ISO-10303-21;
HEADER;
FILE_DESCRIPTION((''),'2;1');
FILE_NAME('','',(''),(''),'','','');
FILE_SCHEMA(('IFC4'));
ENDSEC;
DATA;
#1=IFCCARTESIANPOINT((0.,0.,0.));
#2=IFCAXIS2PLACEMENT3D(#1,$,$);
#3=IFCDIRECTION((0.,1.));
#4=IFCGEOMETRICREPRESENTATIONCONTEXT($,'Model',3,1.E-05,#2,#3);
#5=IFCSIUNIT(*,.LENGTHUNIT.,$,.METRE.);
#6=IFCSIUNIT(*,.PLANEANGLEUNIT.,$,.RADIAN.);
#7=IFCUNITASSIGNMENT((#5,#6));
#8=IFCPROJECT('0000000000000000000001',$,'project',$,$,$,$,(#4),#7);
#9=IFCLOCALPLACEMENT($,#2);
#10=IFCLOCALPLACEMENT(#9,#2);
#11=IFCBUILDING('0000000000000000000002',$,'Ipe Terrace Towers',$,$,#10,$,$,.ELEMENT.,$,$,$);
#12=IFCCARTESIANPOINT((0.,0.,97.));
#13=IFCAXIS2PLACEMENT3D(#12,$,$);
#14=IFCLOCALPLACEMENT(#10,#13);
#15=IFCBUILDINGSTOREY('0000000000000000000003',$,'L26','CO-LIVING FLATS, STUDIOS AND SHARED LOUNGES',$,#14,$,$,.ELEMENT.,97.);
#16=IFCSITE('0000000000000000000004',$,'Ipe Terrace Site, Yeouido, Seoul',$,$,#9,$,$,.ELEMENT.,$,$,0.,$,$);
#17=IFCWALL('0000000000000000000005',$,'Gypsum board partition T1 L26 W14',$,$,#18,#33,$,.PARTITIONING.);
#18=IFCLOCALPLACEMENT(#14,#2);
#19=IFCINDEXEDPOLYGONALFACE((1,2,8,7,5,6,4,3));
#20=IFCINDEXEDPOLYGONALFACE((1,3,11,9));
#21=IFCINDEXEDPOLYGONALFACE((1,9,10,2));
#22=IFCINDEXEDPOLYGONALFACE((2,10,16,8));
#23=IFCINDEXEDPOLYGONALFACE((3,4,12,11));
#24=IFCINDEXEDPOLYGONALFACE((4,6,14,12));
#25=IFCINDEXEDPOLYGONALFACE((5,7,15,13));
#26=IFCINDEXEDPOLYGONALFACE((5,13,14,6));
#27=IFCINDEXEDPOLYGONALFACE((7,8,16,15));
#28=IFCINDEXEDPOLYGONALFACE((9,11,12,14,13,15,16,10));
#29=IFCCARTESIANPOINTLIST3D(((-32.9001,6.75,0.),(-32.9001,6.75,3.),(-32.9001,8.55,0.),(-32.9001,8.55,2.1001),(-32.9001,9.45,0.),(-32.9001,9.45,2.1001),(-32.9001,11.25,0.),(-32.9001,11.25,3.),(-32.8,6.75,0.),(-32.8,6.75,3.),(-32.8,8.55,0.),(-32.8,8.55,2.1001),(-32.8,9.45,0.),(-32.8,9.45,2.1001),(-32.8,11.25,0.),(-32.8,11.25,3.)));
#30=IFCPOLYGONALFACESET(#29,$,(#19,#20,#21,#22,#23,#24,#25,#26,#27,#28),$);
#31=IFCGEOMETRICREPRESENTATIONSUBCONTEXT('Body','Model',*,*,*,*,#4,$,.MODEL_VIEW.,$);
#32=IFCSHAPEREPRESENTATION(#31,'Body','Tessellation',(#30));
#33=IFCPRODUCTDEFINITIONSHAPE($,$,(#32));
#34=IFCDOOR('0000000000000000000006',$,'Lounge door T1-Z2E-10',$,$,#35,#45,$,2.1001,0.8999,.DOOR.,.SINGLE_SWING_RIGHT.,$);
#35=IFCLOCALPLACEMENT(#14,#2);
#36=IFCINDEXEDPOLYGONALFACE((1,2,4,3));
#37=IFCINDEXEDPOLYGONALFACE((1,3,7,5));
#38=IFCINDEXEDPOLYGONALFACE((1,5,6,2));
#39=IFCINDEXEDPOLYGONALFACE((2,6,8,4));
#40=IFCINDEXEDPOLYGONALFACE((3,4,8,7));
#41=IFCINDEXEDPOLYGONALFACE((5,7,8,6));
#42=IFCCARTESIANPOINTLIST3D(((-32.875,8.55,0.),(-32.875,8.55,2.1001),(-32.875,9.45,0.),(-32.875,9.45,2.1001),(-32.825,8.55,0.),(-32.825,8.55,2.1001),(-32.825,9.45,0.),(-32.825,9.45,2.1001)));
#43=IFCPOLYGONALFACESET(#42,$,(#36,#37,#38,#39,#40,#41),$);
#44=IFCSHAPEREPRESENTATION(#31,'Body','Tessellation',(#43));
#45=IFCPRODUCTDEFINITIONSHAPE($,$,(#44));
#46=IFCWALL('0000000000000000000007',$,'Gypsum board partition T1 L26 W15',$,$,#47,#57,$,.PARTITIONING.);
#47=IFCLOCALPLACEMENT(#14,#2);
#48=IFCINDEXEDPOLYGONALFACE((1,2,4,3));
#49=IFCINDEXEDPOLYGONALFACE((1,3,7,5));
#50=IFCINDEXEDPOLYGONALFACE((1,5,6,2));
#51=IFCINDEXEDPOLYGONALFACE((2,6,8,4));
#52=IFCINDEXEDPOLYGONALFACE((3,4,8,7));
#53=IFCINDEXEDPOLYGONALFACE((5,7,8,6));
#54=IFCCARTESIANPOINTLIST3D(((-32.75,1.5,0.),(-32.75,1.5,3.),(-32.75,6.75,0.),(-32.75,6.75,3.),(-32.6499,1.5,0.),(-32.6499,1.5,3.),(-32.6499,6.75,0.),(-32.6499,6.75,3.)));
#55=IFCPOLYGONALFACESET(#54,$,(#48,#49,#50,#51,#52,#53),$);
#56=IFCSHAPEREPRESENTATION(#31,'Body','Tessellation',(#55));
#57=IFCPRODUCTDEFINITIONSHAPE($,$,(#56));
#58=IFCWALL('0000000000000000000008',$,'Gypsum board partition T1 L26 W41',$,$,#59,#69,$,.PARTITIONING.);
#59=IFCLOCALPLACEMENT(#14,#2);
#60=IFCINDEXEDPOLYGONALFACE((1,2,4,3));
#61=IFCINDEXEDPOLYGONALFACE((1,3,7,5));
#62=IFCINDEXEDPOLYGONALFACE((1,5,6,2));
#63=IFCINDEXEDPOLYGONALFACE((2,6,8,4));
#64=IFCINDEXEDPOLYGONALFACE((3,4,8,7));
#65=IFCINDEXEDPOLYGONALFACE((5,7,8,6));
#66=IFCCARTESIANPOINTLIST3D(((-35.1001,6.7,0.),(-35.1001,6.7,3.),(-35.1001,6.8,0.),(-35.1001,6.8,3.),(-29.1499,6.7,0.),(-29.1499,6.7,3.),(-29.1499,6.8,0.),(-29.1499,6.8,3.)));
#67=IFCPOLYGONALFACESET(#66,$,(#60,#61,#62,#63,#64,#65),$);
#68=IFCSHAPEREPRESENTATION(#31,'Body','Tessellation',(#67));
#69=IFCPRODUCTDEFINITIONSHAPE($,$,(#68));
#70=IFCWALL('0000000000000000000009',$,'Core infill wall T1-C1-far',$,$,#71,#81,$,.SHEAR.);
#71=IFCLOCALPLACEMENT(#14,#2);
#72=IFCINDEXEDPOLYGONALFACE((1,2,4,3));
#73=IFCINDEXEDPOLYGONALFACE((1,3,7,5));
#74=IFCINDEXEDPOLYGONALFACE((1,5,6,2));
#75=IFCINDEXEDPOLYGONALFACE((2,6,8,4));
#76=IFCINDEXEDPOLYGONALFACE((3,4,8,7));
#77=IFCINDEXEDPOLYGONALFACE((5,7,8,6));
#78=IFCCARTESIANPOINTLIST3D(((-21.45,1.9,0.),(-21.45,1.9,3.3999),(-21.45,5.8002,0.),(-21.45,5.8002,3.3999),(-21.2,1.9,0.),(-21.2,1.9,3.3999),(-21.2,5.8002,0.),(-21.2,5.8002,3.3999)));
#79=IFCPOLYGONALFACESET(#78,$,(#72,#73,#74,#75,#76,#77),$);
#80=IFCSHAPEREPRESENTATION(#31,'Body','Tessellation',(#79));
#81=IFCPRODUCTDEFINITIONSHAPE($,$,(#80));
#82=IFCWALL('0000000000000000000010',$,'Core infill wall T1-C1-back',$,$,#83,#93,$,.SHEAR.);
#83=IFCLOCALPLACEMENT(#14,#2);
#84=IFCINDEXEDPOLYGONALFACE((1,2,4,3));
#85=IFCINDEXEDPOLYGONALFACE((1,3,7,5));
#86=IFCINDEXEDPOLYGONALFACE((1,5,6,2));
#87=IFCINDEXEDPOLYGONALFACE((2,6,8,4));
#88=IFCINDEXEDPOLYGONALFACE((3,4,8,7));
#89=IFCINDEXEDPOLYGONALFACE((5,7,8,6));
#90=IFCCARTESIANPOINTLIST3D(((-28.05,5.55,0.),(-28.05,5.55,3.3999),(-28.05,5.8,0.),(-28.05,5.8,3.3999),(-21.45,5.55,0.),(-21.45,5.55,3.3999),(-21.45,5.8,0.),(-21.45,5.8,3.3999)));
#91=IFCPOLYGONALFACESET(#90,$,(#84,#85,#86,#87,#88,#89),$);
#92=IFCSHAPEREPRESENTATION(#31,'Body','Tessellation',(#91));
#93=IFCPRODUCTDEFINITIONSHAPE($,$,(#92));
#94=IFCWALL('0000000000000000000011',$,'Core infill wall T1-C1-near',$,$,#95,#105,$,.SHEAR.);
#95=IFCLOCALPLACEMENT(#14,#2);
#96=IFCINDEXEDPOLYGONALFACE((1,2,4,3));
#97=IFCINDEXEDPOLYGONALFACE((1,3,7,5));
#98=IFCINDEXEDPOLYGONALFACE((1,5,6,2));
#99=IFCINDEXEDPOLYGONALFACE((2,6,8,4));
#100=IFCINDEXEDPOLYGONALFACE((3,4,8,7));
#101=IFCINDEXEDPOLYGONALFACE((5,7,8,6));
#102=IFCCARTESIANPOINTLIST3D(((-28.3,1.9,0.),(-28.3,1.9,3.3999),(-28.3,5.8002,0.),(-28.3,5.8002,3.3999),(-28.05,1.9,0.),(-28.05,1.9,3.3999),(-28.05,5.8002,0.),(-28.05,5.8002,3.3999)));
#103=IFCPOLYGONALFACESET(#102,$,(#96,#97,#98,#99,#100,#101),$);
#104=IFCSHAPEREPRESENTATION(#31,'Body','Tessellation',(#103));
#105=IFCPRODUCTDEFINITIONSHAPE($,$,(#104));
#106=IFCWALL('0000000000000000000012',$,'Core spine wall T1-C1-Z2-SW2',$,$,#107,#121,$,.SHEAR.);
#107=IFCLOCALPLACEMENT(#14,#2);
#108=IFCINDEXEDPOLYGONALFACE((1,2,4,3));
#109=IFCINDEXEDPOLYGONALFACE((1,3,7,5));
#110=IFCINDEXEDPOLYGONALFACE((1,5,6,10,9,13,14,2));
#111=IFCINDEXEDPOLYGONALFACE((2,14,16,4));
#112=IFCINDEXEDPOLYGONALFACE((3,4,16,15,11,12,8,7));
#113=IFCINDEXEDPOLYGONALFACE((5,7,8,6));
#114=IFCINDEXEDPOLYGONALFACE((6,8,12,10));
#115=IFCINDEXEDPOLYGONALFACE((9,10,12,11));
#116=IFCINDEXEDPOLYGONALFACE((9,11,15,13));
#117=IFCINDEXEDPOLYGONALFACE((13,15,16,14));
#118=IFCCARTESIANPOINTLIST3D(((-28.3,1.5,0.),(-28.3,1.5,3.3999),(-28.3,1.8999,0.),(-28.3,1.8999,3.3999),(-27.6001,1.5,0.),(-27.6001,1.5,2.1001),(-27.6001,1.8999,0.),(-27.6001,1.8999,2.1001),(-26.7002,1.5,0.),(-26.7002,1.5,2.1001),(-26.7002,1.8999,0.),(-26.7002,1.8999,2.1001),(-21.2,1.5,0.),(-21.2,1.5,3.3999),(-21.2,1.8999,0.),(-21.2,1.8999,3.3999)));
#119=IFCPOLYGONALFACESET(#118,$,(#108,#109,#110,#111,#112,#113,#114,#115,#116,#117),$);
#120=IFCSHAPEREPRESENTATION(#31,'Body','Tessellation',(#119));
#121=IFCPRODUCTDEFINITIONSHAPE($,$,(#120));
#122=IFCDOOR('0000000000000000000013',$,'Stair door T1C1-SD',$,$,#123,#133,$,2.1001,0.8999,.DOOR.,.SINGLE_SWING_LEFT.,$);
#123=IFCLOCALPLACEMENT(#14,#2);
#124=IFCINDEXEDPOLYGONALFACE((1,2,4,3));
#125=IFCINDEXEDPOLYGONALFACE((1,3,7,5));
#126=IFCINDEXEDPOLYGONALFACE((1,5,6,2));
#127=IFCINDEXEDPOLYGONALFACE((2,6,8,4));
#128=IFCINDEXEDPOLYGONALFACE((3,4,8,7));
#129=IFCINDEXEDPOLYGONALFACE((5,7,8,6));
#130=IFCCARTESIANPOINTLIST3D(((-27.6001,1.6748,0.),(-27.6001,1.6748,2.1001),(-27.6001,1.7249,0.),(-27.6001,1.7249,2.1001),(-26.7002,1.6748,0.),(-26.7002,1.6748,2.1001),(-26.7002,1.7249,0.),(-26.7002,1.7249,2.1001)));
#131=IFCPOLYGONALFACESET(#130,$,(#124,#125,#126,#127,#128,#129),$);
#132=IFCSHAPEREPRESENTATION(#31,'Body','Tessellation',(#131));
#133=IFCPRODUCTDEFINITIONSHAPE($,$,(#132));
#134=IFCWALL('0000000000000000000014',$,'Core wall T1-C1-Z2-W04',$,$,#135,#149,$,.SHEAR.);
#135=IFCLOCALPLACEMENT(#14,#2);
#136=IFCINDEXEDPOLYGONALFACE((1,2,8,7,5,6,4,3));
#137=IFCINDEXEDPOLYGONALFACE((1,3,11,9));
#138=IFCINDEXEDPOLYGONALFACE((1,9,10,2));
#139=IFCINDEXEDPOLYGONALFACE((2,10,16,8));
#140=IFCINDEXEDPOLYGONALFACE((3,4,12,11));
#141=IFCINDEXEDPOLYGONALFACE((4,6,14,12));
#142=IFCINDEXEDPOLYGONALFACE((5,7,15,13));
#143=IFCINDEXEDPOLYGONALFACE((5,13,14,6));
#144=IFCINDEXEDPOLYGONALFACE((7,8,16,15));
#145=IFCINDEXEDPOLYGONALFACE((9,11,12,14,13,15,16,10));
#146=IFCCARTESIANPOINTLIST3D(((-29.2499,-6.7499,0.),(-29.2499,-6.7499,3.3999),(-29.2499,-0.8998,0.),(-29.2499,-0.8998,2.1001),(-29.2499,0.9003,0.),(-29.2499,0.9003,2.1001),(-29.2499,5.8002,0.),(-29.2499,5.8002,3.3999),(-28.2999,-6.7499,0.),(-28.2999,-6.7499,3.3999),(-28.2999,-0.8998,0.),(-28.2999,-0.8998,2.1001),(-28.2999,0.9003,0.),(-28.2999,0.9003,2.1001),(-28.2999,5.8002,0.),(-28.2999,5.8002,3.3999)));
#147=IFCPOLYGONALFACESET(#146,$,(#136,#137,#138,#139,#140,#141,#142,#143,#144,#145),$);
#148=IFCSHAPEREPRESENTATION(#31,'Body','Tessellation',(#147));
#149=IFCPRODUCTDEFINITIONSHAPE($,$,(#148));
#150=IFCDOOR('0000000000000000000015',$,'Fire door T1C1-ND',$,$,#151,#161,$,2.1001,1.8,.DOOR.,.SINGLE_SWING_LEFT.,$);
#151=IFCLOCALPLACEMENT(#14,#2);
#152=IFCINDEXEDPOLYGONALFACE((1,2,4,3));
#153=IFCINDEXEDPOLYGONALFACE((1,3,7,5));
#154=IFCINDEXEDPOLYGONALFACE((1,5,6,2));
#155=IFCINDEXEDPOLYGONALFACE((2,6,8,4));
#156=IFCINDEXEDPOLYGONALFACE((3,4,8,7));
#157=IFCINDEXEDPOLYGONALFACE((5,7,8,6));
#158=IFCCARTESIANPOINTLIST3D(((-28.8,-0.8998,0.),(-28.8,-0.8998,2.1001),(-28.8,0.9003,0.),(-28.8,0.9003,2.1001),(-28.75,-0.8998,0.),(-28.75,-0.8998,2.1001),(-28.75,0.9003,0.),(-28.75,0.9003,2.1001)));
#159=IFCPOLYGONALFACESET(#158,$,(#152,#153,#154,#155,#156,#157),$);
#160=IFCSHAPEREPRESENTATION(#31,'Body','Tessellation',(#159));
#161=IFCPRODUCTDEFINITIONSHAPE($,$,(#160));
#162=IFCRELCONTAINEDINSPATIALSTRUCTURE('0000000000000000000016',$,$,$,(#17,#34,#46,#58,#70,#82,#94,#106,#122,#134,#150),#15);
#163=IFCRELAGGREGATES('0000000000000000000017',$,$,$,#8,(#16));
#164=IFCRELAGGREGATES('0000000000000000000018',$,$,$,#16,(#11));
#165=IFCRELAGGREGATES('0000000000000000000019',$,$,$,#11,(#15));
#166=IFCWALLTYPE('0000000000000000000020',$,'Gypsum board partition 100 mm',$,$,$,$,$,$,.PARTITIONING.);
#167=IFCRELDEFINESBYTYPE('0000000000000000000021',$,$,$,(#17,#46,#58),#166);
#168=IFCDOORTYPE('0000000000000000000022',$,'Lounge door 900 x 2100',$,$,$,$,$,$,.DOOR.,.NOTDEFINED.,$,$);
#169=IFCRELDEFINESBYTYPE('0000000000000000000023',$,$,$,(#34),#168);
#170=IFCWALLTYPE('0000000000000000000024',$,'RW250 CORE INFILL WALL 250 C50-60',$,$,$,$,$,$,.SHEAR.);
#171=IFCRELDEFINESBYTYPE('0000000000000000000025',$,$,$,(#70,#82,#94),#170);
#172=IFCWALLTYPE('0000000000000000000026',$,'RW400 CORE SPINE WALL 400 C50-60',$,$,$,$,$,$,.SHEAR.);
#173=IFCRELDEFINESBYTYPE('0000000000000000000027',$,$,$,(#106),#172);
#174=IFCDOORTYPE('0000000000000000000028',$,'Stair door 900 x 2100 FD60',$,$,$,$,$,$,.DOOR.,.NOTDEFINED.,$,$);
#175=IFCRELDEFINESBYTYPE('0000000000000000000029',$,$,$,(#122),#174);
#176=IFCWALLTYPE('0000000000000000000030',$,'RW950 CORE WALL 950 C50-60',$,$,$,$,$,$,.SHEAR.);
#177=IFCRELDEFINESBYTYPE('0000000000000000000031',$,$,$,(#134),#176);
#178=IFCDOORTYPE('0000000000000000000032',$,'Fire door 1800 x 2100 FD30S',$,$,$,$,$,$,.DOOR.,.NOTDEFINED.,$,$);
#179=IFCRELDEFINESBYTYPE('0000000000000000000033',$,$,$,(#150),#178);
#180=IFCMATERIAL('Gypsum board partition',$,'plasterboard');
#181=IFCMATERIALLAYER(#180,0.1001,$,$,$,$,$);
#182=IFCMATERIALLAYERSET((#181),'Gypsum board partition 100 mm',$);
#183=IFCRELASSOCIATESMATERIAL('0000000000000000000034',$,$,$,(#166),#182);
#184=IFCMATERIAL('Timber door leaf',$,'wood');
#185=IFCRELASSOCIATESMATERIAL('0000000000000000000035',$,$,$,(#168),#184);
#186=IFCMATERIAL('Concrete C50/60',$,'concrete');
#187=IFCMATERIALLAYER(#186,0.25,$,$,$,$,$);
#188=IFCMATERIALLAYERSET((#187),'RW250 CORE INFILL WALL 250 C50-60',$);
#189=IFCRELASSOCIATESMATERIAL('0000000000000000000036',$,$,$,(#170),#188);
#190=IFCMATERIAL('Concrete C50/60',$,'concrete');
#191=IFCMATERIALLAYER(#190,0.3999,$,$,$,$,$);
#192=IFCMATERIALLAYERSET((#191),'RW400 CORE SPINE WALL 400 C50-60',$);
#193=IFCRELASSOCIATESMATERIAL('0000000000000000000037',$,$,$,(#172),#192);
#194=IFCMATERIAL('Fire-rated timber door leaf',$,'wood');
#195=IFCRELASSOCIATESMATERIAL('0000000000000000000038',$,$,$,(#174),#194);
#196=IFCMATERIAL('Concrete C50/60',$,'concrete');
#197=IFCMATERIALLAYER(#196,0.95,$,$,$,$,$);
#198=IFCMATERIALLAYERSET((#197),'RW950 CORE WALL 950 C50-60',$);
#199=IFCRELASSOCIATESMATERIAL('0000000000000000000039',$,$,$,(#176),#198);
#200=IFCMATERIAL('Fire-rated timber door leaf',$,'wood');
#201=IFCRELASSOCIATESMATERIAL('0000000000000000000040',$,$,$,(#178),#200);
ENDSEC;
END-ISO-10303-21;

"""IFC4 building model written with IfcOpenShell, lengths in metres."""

from ifc_helpers import new_model, si_unit, direction, frame, frame_2d, origin, place, context, subcontext, project, spatial, rectangle, extrude, material, layer, layer_set, type_object, element, fill, save


model = new_model("IFC4")

# Units and contexts
model_context = context("Model", 3, precision=1e-05, world=origin(), true_north=direction((0.0, 1.0)))
body_context = subcontext(model_context, "Body", "Model", "MODEL_VIEW")
ifc_project = project(units=[si_unit("LENGTHUNIT", "METRE"), si_unit("PLANEANGLEUNIT", "RADIAN")], contexts=[model_context])

# Site, building, storey
site_placement = place(None, origin())
site = spatial("IfcSite", under=ifc_project, at=site_placement, Name="Ipe Terrace Site, Yeouido, Seoul", CompositionType="ELEMENT", RefElevation=0.0)
building_placement = place(site_placement, origin())
building = spatial("IfcBuilding", under=site, at=building_placement, Name="Ipe Terrace Towers", CompositionType="ELEMENT")
storey_placement = place(building_placement, frame((0.0, 0.0, 97.0)))
storey = spatial("IfcBuildingStorey", under=building, at=storey_placement, Name="L26", Description="CO-LIVING FLATS, STUDIOS AND SHARED LOUNGES", CompositionType="ELEMENT", Elevation=97.0)

# Wall, opening, door
ifc_material_1 = material(Name="Gypsum board partition", Category="plasterboard")
ifc_layer_1 = layer(ifc_material_1, 0.1001)
ifc_layer_set_1 = layer_set([ifc_layer_1], Name="Gypsum board partition 100 mm")
wall_type_1 = type_object("IfcWallType", Name="Gypsum board partition 100 mm", PredefinedType="PARTITIONING", material=ifc_layer_set_1)
ifc_material_2 = material(Name="Timber door leaf", Category="wood")
door_type_1 = type_object("IfcDoorType", Name="Lounge door 900 x 2100", OperationType="NOTDEFINED", PredefinedType="DOOR", material=ifc_material_2)
wall_1_placement = place(storey_placement, frame((-32.8501, 6.75, 0.0), z_axis=(0.0, 0.0, 1.0), x_axis=(0.0, 1.0, 0.0)))
wall_1 = element("IfcWall", 1, at=wall_1_placement, inside=storey, type_object=wall_type_1, Name="Gypsum board partition T1 L26 W14", PredefinedType="PARTITIONING", context=body_context, shape_type="SweptSolid", body=[
    extrude(rectangle(XDim=4.5, YDim=0.1001, at=frame_2d((2.25, 0.0))), origin(), (0.0, 0.0, 1.0), 3.0),
])
opening_1_placement = place(wall_1_placement, frame((1.8, 0.0, 0.0)))
opening_1 = element("IfcOpeningElement", 2, at=opening_1_placement, cuts=wall_1, PredefinedType="OPENING", context=body_context, shape_type="SweptSolid", body=[
    extrude(rectangle(XDim=0.8999, YDim=2.1001, at=frame_2d((0.45, 1.05))), frame((0.0, 0.0601, 0.0), z_axis=(0.0, -1.0, 0.0), x_axis=(1.0, 0.0, 0.0)), (0.0, 0.0, 1.0), 0.1201),
])
door_1_placement = place(opening_1_placement, origin())
door_1 = element("IfcDoor", 3, at=door_1_placement, inside=storey, type_object=door_type_1, Name="Lounge door T1-Z2E-10", OperationType="SINGLE_SWING_RIGHT", OverallHeight=2.1001, OverallWidth=0.8999, PredefinedType="DOOR", context=body_context, shape_type="SweptSolid", body=[
    extrude(rectangle(XDim=0.8999, YDim=2.1001, at=frame_2d((0.45, 1.05))), frame((0.0, 0.0249, 0.0), z_axis=(0.0, -1.0, 0.0), x_axis=(1.0, 0.0, 0.0)), (0.0, 0.0, 1.0), 0.05),
])
fill(opening_1, door_1)

# Walls
wall_2_placement = place(storey_placement, frame((-32.7, 1.5, 0.0), z_axis=(0.0, 0.0, 1.0), x_axis=(0.0, 1.0, 0.0)))
element("IfcWall", 4, at=wall_2_placement, inside=storey, type_object=wall_type_1, Name="Gypsum board partition T1 L26 W15", PredefinedType="PARTITIONING", context=body_context, shape_type="SweptSolid", body=[
    extrude(rectangle(XDim=5.25, YDim=0.1001, at=frame_2d((2.625, 0.0))), origin(), (0.0, 0.0, 1.0), 3.0),
])
wall_3_placement = place(storey_placement, frame((-35.1001, 6.75, 0.0), z_axis=(0.0, 0.0, 1.0), x_axis=(1.0, 0.0, 0.0)))
element("IfcWall", 5, at=wall_3_placement, inside=storey, type_object=wall_type_1, Name="Gypsum board partition T1 L26 W41", PredefinedType="PARTITIONING", context=body_context, shape_type="SweptSolid", body=[
    extrude(rectangle(XDim=5.9502, YDim=0.1001, at=frame_2d((2.9751, 0.0))), origin(), (0.0, 0.0, 1.0), 3.0),
])
ifc_material_3 = material(Name="Concrete C50/60", Category="concrete")
ifc_layer_2 = layer(ifc_material_3, 0.25)
ifc_layer_set_2 = layer_set([ifc_layer_2], Name="RW250 CORE INFILL WALL 250 C50-60")
wall_type_2 = type_object("IfcWallType", Name="RW250 CORE INFILL WALL 250 C50-60", PredefinedType="SHEAR", material=ifc_layer_set_2)
wall_4_placement = place(storey_placement, frame((-21.325, 1.8999, 0.0), z_axis=(0.0, 0.0, 1.0), x_axis=(0.0, 1.0, 0.0)))
element("IfcWall", 6, at=wall_4_placement, inside=storey, type_object=wall_type_2, Name="Core infill wall T1-C1-far", PredefinedType="SHEAR", context=body_context, shape_type="SweptSolid", body=[
    extrude(rectangle(XDim=3.9001, YDim=0.25, at=frame_2d((1.9502, 0.0))), origin(), (0.0, 0.0, 1.0), 3.3999),
])
wall_5_placement = place(storey_placement, frame((-28.05, 5.675, 0.0), z_axis=(0.0, 0.0, 1.0), x_axis=(1.0, 0.0, 0.0)))
element("IfcWall", 7, at=wall_5_placement, inside=storey, type_object=wall_type_2, Name="Core infill wall T1-C1-back", PredefinedType="SHEAR", context=body_context, shape_type="SweptSolid", body=[
    extrude(rectangle(XDim=6.6001, YDim=0.25, at=frame_2d((3.3, 0.0))), origin(), (0.0, 0.0, 1.0), 3.3999),
])
wall_6_placement = place(storey_placement, frame((-28.175, 1.8999, 0.0), z_axis=(0.0, 0.0, 1.0), x_axis=(0.0, 1.0, 0.0)))
element("IfcWall", 8, at=wall_6_placement, inside=storey, type_object=wall_type_2, Name="Core infill wall T1-C1-near", PredefinedType="SHEAR", context=body_context, shape_type="SweptSolid", body=[
    extrude(rectangle(XDim=3.9001, YDim=0.25, at=frame_2d((1.9502, 0.0))), origin(), (0.0, 0.0, 1.0), 3.3999),
])

# Walls, openings, doors
ifc_material_4 = material(Name="Concrete C50/60", Category="concrete")
ifc_layer_3 = layer(ifc_material_4, 0.3999)
ifc_layer_set_3 = layer_set([ifc_layer_3], Name="RW400 CORE SPINE WALL 400 C50-60")
wall_type_3 = type_object("IfcWallType", Name="RW400 CORE SPINE WALL 400 C50-60", PredefinedType="SHEAR", material=ifc_layer_set_3)
wall_7_placement = place(storey_placement, frame((-28.3, 1.7, 0.0), z_axis=(0.0, 0.0, 1.0), x_axis=(1.0, 0.0, 0.0)))
wall_7 = element("IfcWall", 9, at=wall_7_placement, inside=storey, type_object=wall_type_3, Name="Core spine wall T1-C1-Z2-SW2", PredefinedType="SHEAR", context=body_context, shape_type="SweptSolid", body=[
    extrude(rectangle(XDim=7.1001, YDim=0.3999, at=frame_2d((3.55, 0.0))), origin(), (0.0, 0.0, 1.0), 3.3999),
])
opening_2_placement = place(wall_7_placement, frame((0.7, 0.0, 0.0)))
opening_2 = element("IfcOpeningElement", 10, at=opening_2_placement, cuts=wall_7, PredefinedType="OPENING", context=body_context, shape_type="SweptSolid", body=[
    extrude(rectangle(XDim=0.8999, YDim=2.1001, at=frame_2d((0.45, 1.05))), frame((0.0, 0.21, 0.0), z_axis=(0.0, -1.0, 0.0), x_axis=(1.0, 0.0, 0.0)), (0.0, 0.0, 1.0), 0.4199),
])
ifc_material_5 = material(Name="Fire-rated timber door leaf", Category="wood")
door_type_2 = type_object("IfcDoorType", Name="Stair door 900 x 2100 FD60", OperationType="NOTDEFINED", PredefinedType="DOOR", material=ifc_material_5)
door_2_placement = place(opening_2_placement, origin())
door_2 = element("IfcDoor", 11, at=door_2_placement, inside=storey, type_object=door_type_2, Name="Stair door T1C1-SD", OperationType="SINGLE_SWING_LEFT", OverallHeight=2.1001, OverallWidth=0.8999, PredefinedType="DOOR", context=body_context, shape_type="SweptSolid", body=[
    extrude(rectangle(XDim=0.8999, YDim=2.1001, at=frame_2d((0.45, 1.05))), frame((0.0, 0.0249, 0.0), z_axis=(0.0, -1.0, 0.0), x_axis=(1.0, 0.0, 0.0)), (0.0, 0.0, 1.0), 0.05),
])
fill(opening_2, door_2)
ifc_material_6 = material(Name="Concrete C50/60", Category="concrete")
ifc_layer_4 = layer(ifc_material_6, 0.95)
ifc_layer_set_4 = layer_set([ifc_layer_4], Name="RW950 CORE WALL 950 C50-60")
wall_type_4 = type_object("IfcWallType", Name="RW950 CORE WALL 950 C50-60", PredefinedType="SHEAR", material=ifc_layer_set_4)
wall_8_placement = place(storey_placement, frame((-28.7749, 5.8, 0.0), z_axis=(0.0, 0.0, 1.0), x_axis=(0.0, -1.0, 0.0)))
wall_8 = element("IfcWall", 12, at=wall_8_placement, inside=storey, type_object=wall_type_4, Name="Core wall T1-C1-Z2-W04", PredefinedType="SHEAR", context=body_context, shape_type="SweptSolid", body=[
    extrude(rectangle(XDim=12.55, YDim=0.95, at=frame_2d((6.2749, 0.0))), origin(), (0.0, 0.0, 1.0), 3.3999),
])
opening_3_placement = place(wall_8_placement, frame((4.8999, 0.0, 0.0)))
opening_3 = element("IfcOpeningElement", 13, at=opening_3_placement, cuts=wall_8, PredefinedType="OPENING", context=body_context, shape_type="SweptSolid", body=[
    extrude(rectangle(XDim=1.8, YDim=2.1001, at=frame_2d((0.8999, 1.05))), frame((0.0, 0.4849, 0.0), z_axis=(0.0, -1.0, 0.0), x_axis=(1.0, 0.0, 0.0)), (0.0, 0.0, 1.0), 0.97),
])
ifc_material_7 = material(Name="Fire-rated timber door leaf", Category="wood")
door_type_3 = type_object("IfcDoorType", Name="Fire door 1800 x 2100 FD30S", OperationType="NOTDEFINED", PredefinedType="DOOR", material=ifc_material_7)
door_3_placement = place(opening_3_placement, origin())
door_3 = element("IfcDoor", 14, at=door_3_placement, inside=storey, type_object=door_type_3, Name="Fire door T1C1-ND", OperationType="SINGLE_SWING_LEFT", OverallHeight=2.1001, OverallWidth=1.8, PredefinedType="DOOR", context=body_context, shape_type="SweptSolid", body=[
    extrude(rectangle(XDim=1.8, YDim=2.1001, at=frame_2d((0.8999, 1.05))), frame((0.0, 0.0249, 0.0), z_axis=(0.0, -1.0, 0.0), x_axis=(1.0, 0.0, 0.0)), (0.0, 0.0, 1.0), 0.05),
])
fill(opening_3, door_3)

save(model, "model.ifc")
